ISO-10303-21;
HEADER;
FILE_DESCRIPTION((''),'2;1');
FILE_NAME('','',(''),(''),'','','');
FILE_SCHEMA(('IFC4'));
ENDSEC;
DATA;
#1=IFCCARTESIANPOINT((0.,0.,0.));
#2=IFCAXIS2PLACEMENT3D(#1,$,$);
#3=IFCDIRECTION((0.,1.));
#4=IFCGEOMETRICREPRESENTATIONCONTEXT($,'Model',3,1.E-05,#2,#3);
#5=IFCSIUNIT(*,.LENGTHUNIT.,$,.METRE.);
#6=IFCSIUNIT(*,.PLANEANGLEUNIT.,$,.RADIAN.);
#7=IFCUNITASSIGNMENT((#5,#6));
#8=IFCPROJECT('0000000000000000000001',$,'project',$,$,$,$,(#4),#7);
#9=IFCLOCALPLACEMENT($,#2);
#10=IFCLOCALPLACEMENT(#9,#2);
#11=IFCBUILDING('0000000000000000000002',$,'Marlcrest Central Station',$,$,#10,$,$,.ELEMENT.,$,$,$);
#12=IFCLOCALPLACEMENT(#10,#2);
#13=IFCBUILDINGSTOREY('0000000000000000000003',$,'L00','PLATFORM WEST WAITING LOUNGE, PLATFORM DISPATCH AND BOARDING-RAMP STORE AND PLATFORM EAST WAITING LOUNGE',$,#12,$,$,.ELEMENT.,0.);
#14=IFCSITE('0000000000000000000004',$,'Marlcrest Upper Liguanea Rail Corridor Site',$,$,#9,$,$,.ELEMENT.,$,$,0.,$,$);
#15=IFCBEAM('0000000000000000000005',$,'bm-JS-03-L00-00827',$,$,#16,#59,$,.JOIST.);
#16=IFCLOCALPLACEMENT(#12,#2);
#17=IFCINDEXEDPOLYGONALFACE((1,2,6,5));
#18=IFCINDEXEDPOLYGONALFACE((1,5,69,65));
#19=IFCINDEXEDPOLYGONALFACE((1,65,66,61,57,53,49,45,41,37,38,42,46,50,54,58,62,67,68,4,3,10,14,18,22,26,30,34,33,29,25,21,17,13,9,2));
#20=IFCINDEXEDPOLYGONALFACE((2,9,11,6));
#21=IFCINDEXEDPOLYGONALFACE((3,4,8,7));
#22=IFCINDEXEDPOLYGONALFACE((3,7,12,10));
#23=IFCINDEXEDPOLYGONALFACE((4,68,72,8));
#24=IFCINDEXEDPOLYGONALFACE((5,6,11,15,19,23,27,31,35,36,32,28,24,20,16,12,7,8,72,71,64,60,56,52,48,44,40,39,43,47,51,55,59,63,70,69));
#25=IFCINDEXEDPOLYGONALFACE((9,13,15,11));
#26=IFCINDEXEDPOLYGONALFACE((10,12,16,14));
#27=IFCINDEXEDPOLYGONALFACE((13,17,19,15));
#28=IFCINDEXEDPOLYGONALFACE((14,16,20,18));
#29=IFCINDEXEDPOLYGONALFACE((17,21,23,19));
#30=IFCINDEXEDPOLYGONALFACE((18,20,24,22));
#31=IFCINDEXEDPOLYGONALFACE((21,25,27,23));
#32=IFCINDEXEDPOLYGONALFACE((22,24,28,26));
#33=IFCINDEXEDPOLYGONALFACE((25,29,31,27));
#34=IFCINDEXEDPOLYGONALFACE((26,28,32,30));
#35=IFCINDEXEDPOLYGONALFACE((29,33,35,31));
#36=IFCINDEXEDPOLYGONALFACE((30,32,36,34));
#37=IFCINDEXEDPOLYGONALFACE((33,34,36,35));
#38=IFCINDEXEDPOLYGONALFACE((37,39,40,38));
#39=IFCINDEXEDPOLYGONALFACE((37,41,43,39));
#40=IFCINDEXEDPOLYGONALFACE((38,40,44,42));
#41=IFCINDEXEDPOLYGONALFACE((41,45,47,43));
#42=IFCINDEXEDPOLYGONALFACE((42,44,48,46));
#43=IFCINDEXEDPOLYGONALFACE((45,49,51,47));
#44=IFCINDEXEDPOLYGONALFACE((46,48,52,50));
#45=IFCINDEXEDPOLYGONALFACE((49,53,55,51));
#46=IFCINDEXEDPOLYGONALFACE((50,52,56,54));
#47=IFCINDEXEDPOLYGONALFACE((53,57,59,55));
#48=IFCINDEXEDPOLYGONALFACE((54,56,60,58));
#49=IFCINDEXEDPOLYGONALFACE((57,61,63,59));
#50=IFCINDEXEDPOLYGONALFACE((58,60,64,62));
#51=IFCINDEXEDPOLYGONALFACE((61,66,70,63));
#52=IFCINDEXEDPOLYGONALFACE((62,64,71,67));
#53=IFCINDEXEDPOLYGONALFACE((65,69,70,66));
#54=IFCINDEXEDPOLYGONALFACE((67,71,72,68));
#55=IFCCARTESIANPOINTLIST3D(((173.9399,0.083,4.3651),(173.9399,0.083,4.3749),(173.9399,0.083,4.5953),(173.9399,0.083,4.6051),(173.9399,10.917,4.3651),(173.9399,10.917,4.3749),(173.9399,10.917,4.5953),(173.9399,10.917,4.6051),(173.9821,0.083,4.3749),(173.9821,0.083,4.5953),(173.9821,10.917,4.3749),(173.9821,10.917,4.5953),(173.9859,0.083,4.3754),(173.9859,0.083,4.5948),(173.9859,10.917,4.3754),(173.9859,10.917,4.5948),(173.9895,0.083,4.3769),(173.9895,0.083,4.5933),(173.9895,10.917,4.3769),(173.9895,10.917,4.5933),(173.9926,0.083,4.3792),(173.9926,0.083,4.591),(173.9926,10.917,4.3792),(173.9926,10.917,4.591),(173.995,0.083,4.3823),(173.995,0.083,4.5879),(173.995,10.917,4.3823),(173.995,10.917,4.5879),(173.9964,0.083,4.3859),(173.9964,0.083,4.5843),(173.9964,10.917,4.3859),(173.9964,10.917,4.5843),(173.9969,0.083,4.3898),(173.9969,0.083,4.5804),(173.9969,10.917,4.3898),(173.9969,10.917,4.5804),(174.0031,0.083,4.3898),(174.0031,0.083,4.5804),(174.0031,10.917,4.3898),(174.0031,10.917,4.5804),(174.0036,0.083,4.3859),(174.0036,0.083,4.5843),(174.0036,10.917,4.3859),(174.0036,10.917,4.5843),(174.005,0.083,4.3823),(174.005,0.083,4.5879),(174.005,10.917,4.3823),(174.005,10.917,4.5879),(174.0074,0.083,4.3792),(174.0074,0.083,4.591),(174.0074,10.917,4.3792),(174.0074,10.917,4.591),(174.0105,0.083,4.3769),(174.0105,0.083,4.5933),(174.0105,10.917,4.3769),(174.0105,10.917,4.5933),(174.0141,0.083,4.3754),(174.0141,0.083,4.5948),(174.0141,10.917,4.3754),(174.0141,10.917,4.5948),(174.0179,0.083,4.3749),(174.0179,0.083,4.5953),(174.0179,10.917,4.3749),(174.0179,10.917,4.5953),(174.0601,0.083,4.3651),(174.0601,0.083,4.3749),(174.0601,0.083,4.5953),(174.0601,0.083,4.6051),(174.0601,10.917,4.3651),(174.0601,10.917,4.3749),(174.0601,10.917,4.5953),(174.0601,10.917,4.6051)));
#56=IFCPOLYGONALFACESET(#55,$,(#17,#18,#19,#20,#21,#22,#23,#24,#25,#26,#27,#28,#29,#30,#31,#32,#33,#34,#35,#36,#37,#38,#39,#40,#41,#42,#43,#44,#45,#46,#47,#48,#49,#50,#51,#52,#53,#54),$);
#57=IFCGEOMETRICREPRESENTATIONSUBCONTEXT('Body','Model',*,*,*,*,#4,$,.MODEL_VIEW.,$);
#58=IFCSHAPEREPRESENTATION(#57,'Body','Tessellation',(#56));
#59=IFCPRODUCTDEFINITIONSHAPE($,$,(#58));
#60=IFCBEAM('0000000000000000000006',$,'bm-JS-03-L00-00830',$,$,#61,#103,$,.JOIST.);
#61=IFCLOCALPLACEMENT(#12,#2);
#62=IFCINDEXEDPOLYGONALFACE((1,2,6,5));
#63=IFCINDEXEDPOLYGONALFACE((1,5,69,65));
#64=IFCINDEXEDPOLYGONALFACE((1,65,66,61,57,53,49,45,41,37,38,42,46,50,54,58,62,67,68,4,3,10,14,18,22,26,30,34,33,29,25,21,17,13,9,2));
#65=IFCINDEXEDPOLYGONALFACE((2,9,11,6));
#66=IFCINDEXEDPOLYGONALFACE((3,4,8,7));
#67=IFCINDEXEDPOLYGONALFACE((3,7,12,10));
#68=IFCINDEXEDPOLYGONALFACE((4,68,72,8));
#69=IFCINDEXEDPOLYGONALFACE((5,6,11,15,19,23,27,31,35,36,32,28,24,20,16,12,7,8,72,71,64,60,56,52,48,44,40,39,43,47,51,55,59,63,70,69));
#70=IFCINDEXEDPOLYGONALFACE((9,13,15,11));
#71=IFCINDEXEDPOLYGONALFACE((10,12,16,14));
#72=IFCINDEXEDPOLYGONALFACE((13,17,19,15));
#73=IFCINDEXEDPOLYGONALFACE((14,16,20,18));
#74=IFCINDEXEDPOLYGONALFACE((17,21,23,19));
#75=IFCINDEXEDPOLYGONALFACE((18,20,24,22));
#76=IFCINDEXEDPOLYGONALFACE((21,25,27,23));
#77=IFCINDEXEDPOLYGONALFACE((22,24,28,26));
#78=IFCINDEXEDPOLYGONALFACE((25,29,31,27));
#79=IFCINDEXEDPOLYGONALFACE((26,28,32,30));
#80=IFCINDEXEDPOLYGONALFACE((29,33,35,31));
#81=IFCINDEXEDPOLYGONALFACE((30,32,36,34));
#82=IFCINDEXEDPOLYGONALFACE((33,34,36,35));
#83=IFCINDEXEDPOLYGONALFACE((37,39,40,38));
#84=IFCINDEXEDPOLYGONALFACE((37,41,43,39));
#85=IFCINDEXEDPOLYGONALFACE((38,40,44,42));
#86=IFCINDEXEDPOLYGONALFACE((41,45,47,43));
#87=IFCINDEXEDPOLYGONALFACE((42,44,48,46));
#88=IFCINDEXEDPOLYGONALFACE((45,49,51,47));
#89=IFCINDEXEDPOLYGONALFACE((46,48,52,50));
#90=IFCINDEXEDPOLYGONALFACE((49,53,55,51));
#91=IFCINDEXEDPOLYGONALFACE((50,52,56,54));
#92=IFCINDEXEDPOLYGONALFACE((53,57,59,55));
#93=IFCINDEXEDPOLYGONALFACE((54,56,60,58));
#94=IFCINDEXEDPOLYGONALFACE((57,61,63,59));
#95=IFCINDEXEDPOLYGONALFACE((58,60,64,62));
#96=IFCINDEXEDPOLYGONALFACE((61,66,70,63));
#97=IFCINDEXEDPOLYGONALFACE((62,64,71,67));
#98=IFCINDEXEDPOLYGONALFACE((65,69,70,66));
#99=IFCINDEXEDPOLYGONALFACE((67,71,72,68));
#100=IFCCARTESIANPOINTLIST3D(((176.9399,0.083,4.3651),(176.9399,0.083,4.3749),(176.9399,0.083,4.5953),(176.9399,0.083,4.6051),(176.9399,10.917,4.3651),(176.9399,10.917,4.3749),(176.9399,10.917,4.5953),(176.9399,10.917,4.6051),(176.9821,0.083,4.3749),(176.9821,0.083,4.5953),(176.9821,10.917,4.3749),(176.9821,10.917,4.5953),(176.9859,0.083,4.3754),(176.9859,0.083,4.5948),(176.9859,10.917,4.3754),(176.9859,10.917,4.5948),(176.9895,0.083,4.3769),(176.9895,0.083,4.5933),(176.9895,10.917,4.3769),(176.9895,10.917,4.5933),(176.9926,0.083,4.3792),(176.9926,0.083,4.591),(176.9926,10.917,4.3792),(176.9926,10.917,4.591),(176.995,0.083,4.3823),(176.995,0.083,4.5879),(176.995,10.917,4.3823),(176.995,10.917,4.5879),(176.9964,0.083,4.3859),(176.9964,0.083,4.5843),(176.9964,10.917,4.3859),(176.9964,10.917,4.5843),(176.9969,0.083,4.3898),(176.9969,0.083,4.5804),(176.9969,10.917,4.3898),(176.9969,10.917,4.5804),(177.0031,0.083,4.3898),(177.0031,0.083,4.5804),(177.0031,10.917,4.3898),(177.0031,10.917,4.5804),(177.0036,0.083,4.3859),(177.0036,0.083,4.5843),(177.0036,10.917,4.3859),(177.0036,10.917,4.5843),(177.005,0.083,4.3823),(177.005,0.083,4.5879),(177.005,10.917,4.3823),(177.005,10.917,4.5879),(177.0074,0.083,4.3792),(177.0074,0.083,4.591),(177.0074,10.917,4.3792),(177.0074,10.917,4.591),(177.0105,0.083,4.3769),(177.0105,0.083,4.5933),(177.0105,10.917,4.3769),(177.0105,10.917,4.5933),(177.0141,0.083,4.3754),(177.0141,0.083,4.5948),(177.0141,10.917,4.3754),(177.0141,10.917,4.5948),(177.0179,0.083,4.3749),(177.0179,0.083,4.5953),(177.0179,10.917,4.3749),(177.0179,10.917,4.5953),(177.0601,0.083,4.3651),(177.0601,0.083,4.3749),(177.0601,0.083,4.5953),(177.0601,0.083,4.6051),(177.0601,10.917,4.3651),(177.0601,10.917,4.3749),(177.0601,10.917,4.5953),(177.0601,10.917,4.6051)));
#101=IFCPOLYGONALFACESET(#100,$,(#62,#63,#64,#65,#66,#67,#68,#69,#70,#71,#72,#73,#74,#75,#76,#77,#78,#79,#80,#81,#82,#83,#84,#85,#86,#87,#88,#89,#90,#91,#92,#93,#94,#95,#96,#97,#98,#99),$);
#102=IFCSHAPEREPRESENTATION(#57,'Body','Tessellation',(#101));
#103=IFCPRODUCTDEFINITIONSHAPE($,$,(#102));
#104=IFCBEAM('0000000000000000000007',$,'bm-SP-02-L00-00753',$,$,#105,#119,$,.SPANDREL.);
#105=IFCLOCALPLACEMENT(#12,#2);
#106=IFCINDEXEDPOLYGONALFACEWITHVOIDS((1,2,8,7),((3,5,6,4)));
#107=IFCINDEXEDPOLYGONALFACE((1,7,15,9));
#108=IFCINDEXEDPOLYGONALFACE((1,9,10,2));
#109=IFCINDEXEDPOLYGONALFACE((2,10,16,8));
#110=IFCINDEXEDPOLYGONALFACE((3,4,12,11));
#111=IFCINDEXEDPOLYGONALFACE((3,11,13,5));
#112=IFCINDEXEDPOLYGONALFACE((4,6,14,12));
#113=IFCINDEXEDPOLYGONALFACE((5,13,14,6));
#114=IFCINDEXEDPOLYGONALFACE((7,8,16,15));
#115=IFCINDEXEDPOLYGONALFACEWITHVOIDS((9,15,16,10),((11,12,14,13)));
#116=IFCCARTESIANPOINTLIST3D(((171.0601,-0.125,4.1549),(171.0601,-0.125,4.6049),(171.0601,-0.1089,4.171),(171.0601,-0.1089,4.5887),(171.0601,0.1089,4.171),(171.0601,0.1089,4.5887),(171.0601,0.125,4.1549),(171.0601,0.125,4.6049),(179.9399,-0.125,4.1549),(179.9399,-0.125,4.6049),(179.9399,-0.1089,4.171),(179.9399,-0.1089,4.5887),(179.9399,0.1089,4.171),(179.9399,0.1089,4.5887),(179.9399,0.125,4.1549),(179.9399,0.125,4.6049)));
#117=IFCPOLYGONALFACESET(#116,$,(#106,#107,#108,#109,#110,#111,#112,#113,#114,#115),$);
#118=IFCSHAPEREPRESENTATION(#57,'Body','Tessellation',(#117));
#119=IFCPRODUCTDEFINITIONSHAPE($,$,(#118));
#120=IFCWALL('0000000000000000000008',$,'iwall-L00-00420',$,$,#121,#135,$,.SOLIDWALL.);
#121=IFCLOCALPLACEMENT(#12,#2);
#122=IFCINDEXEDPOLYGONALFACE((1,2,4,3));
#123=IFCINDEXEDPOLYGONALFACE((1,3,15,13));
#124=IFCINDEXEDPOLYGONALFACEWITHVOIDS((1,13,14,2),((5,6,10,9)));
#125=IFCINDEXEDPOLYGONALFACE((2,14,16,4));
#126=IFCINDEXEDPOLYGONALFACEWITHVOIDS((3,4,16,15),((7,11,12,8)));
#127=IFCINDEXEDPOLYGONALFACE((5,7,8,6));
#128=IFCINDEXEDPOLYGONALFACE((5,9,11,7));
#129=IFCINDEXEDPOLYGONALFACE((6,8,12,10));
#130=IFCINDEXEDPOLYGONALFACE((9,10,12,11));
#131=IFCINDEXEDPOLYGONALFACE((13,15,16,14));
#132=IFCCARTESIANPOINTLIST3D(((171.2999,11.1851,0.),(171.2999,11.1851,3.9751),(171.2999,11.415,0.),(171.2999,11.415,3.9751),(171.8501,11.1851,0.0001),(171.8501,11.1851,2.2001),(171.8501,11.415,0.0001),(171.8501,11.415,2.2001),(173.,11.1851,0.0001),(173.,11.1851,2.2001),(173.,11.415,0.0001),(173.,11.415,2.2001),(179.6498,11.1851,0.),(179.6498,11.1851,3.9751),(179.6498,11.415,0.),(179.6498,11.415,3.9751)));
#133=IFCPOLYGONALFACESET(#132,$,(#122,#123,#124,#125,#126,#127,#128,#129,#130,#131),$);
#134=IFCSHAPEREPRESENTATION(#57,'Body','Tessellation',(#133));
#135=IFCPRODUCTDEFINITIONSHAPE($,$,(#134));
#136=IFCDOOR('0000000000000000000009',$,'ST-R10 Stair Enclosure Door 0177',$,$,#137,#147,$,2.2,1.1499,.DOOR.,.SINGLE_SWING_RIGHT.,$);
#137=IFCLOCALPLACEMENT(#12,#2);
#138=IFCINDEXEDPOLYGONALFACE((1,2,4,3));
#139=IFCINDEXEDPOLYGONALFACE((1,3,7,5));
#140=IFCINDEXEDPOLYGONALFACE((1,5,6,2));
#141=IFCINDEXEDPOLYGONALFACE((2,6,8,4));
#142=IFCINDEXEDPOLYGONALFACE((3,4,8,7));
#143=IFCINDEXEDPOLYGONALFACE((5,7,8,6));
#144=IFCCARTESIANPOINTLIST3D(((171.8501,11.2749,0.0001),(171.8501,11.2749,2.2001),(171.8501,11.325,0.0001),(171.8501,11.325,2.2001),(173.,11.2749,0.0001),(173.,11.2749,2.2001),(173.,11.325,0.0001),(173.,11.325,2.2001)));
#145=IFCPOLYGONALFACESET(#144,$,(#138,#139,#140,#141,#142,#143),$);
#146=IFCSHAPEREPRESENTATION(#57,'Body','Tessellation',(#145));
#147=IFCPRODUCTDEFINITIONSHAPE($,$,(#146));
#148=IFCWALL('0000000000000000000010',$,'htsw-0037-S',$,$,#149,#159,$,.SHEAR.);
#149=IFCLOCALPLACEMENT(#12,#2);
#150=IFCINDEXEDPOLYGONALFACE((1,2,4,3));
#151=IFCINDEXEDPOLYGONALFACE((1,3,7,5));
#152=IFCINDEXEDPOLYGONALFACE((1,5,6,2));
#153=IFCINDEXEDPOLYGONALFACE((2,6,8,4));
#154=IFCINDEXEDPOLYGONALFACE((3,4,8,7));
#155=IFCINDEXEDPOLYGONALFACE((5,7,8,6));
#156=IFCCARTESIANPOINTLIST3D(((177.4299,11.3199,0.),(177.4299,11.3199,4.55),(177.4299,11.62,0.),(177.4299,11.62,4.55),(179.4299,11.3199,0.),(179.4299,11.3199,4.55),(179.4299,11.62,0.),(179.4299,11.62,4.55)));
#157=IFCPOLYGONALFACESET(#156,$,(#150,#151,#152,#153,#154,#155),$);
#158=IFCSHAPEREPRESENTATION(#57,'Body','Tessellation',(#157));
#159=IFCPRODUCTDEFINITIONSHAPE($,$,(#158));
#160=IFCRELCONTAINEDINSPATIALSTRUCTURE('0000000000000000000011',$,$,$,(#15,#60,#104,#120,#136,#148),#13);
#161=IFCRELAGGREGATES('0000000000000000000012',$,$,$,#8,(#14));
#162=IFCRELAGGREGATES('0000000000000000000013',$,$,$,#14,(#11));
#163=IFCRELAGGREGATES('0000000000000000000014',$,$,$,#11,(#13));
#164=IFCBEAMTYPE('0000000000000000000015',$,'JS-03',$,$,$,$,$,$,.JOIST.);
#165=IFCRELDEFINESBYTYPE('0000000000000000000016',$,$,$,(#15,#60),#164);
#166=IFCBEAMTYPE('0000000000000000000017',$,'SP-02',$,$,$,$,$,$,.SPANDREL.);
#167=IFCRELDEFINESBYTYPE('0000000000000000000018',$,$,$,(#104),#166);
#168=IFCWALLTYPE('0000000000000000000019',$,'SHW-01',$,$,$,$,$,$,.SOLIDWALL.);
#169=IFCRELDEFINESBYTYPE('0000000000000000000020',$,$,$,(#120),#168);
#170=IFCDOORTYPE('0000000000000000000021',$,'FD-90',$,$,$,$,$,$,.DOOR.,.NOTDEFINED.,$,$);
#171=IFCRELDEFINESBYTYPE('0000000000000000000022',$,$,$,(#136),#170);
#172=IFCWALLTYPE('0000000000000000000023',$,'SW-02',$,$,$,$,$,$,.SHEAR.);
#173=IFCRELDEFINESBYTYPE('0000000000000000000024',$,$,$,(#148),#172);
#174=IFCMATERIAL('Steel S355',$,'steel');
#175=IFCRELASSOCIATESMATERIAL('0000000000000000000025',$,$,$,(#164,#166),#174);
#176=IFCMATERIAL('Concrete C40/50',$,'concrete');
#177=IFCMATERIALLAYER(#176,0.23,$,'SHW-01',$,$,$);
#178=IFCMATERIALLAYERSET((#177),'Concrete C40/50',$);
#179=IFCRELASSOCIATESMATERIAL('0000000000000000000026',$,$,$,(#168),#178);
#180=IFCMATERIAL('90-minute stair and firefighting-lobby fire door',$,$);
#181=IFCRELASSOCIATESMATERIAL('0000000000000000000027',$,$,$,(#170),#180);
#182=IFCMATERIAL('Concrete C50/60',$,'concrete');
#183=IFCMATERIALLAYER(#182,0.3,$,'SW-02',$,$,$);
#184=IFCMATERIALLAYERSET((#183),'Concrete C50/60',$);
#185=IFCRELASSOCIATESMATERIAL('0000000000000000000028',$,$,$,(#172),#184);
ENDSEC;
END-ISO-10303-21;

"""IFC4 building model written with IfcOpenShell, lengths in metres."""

from ifc_helpers import new_model, si_unit, direction, frame, frame_2d, origin, origin_2d, place, context, subcontext, project, spatial, rectangle, hollow_rectangle, i_section, extrude, material, layer, layer_set, material_profile, profile_set, type_object, element, fill, save


model = new_model("IFC4")

# Units and contexts
model_context = context("Model", 3, precision=1e-05, world=origin(), true_north=direction((0.0, 1.0)))
body_context = subcontext(model_context, "Body", "Model", "MODEL_VIEW")
ifc_project = project(units=[si_unit("LENGTHUNIT", "METRE"), si_unit("PLANEANGLEUNIT", "RADIAN")], contexts=[model_context])

# Site, building, storey
site_placement = place(None, origin())
site = spatial("IfcSite", under=ifc_project, at=site_placement, Name="Marlcrest Upper Liguanea Rail Corridor Site", CompositionType="ELEMENT", RefElevation=0.0)
building_placement = place(site_placement, origin())
building = spatial("IfcBuilding", under=site, at=building_placement, Name="Marlcrest Central Station", CompositionType="ELEMENT")
storey_placement = place(building_placement, origin())
storey = spatial("IfcBuildingStorey", under=building, at=storey_placement, Name="L00", Description="PLATFORM WEST WAITING LOUNGE, PLATFORM DISPATCH AND BOARDING-RAMP STORE AND PLATFORM EAST WAITING LOUNGE", CompositionType="ELEMENT", Elevation=0.0)

# Shared definitions
ifc_material_1 = material(Name="Concrete C40/50", Category="concrete")

# Shared definitions
ifc_material_2 = material(Name="Concrete C50/60", Category="concrete")
ifc_material_3 = material(Name="Steel S355", Category="steel")

# Beams
ifc_material_profile_1 = material_profile(ifc_material_3, i_section(OverallWidth=0.1201, OverallDepth=0.24, WebThickness=0.0061, FlangeThickness=0.0098, FilletRadius=0.0149, at=origin_2d()), Name="IPE 240")
ifc_profile_set_1 = profile_set([ifc_material_profile_1], Name="Steel S355")
beam_type_1 = type_object("IfcBeamType", Name="JS-03", PredefinedType="JOIST", material=ifc_profile_set_1)
for number, where, z_axis, x_axis, name in (
    (1, (174.0, 0.083, 4.4851), (0.0, 1.0, 0.0), (-1.0, 0.0, 0.0), "bm-JS-03-L00-00827"),
    (2, (177.0, 0.083, 4.4851), (0.0, 1.0, 0.0), (-1.0, 0.0, 0.0), "bm-JS-03-L00-00830"),
):
    element("IfcBeam", number, at=place(storey_placement, frame(where, z_axis=z_axis, x_axis=x_axis)), inside=storey, type_object=beam_type_1, Name=name, PredefinedType="JOIST", context=body_context, shape_type="SweptSolid", body=[
        extrude(i_section(OverallWidth=0.1201, OverallDepth=0.24, WebThickness=0.0061, FlangeThickness=0.0098, FilletRadius=0.0149, at=origin_2d()), origin(), (0.0, 0.0, 1.0), 10.834),
    ])
ifc_material_profile_2 = material_profile(ifc_material_3, hollow_rectangle(XDim=0.25, YDim=0.45, WallThickness=0.0161, at=origin_2d()), Name="RHS 450x250x16")
ifc_profile_set_2 = profile_set([ifc_material_profile_2], Name="Steel S355")
beam_type_2 = type_object("IfcBeamType", Name="SP-02", PredefinedType="SPANDREL", material=ifc_profile_set_2)
beam_1_placement = place(storey_placement, frame((171.0601, 0.0, 4.3799), z_axis=(1.0, 0.0, 0.0), x_axis=(0.0, 1.0, 0.0)))
element("IfcBeam", 3, at=beam_1_placement, inside=storey, type_object=beam_type_2, Name="bm-SP-02-L00-00753", PredefinedType="SPANDREL", context=body_context, shape_type="SweptSolid", body=[
    extrude(hollow_rectangle(XDim=0.25, YDim=0.45, WallThickness=0.0161, at=origin_2d()), origin(), (0.0, 0.0, 1.0), 8.8799),
])

# Wall, opening, door
ifc_layer_1 = layer(ifc_material_1, 0.23, Name="SHW-01")
ifc_layer_set_1 = layer_set([ifc_layer_1], Name="Concrete C40/50")
wall_type_1 = type_object("IfcWallType", Name="SHW-01", PredefinedType="SOLIDWALL", material=ifc_layer_set_1)
wall_1_placement = place(storey_placement, frame((171.3, 11.3, 0.0), z_axis=(0.0, 0.0, 1.0), x_axis=(1.0, 0.0, 0.0)))
wall_1 = element("IfcWall", 4, at=wall_1_placement, inside=storey, type_object=wall_type_1, Name="iwall-L00-00420", PredefinedType="SOLIDWALL", context=body_context, shape_type="SweptSolid", body=[
    extrude(rectangle(XDim=8.3499, YDim=0.23, at=frame_2d((4.1748, 0.0))), origin(), (0.0, 0.0, 1.0), 3.9751),
])
opening_1_placement = place(wall_1_placement, frame((0.55, 0.0, 0.0)))
opening_1 = element("IfcOpeningElement", 5, at=opening_1_placement, cuts=wall_1, PredefinedType="OPENING", context=body_context, shape_type="SweptSolid", body=[
    extrude(rectangle(XDim=1.1499, YDim=2.2, at=frame_2d((0.575, 1.1001))), frame((0.0, 0.125, 0.0), z_axis=(0.0, -1.0, 0.0), x_axis=(1.0, 0.0, 0.0)), (0.0, 0.0, 1.0), 0.25),
])
ifc_material_4 = material(Name="90-minute stair and firefighting-lobby fire door")
door_type_1 = type_object("IfcDoorType", Name="FD-90", OperationType="NOTDEFINED", PredefinedType="DOOR", material=ifc_material_4)
door_1_placement = place(opening_1_placement, origin())
door_1 = element("IfcDoor", 6, at=door_1_placement, inside=storey, type_object=door_type_1, Name="ST-R10 Stair Enclosure Door 0177", OperationType="SINGLE_SWING_RIGHT", OverallHeight=2.2, OverallWidth=1.1499, PredefinedType="DOOR", context=body_context, shape_type="SweptSolid", body=[
    extrude(rectangle(XDim=1.1499, YDim=2.2, at=frame_2d((0.575, 1.1001))), frame((0.0, 0.0249, 0.0), z_axis=(0.0, -1.0, 0.0), x_axis=(1.0, 0.0, 0.0)), (0.0, 0.0, 1.0), 0.05),
])
fill(opening_1, door_1)

# Wall
ifc_layer_2 = layer(ifc_material_2, 0.3, Name="SW-02")
ifc_layer_set_2 = layer_set([ifc_layer_2], Name="Concrete C50/60")
wall_type_2 = type_object("IfcWallType", Name="SW-02", PredefinedType="SHEAR", material=ifc_layer_set_2)
wall_2_placement = place(storey_placement, frame((177.4299, 11.47, 0.0), z_axis=(0.0, 0.0, 1.0), x_axis=(1.0, 0.0, 0.0)))
element("IfcWall", 7, at=wall_2_placement, inside=storey, type_object=wall_type_2, Name="htsw-0037-S", PredefinedType="SHEAR", context=body_context, shape_type="SweptSolid", body=[
    extrude(rectangle(XDim=2.0, YDim=0.3, at=frame_2d((1.0, 0.0))), origin(), (0.0, 0.0, 1.0), 4.55),
])

save(model, "model.ifc")
